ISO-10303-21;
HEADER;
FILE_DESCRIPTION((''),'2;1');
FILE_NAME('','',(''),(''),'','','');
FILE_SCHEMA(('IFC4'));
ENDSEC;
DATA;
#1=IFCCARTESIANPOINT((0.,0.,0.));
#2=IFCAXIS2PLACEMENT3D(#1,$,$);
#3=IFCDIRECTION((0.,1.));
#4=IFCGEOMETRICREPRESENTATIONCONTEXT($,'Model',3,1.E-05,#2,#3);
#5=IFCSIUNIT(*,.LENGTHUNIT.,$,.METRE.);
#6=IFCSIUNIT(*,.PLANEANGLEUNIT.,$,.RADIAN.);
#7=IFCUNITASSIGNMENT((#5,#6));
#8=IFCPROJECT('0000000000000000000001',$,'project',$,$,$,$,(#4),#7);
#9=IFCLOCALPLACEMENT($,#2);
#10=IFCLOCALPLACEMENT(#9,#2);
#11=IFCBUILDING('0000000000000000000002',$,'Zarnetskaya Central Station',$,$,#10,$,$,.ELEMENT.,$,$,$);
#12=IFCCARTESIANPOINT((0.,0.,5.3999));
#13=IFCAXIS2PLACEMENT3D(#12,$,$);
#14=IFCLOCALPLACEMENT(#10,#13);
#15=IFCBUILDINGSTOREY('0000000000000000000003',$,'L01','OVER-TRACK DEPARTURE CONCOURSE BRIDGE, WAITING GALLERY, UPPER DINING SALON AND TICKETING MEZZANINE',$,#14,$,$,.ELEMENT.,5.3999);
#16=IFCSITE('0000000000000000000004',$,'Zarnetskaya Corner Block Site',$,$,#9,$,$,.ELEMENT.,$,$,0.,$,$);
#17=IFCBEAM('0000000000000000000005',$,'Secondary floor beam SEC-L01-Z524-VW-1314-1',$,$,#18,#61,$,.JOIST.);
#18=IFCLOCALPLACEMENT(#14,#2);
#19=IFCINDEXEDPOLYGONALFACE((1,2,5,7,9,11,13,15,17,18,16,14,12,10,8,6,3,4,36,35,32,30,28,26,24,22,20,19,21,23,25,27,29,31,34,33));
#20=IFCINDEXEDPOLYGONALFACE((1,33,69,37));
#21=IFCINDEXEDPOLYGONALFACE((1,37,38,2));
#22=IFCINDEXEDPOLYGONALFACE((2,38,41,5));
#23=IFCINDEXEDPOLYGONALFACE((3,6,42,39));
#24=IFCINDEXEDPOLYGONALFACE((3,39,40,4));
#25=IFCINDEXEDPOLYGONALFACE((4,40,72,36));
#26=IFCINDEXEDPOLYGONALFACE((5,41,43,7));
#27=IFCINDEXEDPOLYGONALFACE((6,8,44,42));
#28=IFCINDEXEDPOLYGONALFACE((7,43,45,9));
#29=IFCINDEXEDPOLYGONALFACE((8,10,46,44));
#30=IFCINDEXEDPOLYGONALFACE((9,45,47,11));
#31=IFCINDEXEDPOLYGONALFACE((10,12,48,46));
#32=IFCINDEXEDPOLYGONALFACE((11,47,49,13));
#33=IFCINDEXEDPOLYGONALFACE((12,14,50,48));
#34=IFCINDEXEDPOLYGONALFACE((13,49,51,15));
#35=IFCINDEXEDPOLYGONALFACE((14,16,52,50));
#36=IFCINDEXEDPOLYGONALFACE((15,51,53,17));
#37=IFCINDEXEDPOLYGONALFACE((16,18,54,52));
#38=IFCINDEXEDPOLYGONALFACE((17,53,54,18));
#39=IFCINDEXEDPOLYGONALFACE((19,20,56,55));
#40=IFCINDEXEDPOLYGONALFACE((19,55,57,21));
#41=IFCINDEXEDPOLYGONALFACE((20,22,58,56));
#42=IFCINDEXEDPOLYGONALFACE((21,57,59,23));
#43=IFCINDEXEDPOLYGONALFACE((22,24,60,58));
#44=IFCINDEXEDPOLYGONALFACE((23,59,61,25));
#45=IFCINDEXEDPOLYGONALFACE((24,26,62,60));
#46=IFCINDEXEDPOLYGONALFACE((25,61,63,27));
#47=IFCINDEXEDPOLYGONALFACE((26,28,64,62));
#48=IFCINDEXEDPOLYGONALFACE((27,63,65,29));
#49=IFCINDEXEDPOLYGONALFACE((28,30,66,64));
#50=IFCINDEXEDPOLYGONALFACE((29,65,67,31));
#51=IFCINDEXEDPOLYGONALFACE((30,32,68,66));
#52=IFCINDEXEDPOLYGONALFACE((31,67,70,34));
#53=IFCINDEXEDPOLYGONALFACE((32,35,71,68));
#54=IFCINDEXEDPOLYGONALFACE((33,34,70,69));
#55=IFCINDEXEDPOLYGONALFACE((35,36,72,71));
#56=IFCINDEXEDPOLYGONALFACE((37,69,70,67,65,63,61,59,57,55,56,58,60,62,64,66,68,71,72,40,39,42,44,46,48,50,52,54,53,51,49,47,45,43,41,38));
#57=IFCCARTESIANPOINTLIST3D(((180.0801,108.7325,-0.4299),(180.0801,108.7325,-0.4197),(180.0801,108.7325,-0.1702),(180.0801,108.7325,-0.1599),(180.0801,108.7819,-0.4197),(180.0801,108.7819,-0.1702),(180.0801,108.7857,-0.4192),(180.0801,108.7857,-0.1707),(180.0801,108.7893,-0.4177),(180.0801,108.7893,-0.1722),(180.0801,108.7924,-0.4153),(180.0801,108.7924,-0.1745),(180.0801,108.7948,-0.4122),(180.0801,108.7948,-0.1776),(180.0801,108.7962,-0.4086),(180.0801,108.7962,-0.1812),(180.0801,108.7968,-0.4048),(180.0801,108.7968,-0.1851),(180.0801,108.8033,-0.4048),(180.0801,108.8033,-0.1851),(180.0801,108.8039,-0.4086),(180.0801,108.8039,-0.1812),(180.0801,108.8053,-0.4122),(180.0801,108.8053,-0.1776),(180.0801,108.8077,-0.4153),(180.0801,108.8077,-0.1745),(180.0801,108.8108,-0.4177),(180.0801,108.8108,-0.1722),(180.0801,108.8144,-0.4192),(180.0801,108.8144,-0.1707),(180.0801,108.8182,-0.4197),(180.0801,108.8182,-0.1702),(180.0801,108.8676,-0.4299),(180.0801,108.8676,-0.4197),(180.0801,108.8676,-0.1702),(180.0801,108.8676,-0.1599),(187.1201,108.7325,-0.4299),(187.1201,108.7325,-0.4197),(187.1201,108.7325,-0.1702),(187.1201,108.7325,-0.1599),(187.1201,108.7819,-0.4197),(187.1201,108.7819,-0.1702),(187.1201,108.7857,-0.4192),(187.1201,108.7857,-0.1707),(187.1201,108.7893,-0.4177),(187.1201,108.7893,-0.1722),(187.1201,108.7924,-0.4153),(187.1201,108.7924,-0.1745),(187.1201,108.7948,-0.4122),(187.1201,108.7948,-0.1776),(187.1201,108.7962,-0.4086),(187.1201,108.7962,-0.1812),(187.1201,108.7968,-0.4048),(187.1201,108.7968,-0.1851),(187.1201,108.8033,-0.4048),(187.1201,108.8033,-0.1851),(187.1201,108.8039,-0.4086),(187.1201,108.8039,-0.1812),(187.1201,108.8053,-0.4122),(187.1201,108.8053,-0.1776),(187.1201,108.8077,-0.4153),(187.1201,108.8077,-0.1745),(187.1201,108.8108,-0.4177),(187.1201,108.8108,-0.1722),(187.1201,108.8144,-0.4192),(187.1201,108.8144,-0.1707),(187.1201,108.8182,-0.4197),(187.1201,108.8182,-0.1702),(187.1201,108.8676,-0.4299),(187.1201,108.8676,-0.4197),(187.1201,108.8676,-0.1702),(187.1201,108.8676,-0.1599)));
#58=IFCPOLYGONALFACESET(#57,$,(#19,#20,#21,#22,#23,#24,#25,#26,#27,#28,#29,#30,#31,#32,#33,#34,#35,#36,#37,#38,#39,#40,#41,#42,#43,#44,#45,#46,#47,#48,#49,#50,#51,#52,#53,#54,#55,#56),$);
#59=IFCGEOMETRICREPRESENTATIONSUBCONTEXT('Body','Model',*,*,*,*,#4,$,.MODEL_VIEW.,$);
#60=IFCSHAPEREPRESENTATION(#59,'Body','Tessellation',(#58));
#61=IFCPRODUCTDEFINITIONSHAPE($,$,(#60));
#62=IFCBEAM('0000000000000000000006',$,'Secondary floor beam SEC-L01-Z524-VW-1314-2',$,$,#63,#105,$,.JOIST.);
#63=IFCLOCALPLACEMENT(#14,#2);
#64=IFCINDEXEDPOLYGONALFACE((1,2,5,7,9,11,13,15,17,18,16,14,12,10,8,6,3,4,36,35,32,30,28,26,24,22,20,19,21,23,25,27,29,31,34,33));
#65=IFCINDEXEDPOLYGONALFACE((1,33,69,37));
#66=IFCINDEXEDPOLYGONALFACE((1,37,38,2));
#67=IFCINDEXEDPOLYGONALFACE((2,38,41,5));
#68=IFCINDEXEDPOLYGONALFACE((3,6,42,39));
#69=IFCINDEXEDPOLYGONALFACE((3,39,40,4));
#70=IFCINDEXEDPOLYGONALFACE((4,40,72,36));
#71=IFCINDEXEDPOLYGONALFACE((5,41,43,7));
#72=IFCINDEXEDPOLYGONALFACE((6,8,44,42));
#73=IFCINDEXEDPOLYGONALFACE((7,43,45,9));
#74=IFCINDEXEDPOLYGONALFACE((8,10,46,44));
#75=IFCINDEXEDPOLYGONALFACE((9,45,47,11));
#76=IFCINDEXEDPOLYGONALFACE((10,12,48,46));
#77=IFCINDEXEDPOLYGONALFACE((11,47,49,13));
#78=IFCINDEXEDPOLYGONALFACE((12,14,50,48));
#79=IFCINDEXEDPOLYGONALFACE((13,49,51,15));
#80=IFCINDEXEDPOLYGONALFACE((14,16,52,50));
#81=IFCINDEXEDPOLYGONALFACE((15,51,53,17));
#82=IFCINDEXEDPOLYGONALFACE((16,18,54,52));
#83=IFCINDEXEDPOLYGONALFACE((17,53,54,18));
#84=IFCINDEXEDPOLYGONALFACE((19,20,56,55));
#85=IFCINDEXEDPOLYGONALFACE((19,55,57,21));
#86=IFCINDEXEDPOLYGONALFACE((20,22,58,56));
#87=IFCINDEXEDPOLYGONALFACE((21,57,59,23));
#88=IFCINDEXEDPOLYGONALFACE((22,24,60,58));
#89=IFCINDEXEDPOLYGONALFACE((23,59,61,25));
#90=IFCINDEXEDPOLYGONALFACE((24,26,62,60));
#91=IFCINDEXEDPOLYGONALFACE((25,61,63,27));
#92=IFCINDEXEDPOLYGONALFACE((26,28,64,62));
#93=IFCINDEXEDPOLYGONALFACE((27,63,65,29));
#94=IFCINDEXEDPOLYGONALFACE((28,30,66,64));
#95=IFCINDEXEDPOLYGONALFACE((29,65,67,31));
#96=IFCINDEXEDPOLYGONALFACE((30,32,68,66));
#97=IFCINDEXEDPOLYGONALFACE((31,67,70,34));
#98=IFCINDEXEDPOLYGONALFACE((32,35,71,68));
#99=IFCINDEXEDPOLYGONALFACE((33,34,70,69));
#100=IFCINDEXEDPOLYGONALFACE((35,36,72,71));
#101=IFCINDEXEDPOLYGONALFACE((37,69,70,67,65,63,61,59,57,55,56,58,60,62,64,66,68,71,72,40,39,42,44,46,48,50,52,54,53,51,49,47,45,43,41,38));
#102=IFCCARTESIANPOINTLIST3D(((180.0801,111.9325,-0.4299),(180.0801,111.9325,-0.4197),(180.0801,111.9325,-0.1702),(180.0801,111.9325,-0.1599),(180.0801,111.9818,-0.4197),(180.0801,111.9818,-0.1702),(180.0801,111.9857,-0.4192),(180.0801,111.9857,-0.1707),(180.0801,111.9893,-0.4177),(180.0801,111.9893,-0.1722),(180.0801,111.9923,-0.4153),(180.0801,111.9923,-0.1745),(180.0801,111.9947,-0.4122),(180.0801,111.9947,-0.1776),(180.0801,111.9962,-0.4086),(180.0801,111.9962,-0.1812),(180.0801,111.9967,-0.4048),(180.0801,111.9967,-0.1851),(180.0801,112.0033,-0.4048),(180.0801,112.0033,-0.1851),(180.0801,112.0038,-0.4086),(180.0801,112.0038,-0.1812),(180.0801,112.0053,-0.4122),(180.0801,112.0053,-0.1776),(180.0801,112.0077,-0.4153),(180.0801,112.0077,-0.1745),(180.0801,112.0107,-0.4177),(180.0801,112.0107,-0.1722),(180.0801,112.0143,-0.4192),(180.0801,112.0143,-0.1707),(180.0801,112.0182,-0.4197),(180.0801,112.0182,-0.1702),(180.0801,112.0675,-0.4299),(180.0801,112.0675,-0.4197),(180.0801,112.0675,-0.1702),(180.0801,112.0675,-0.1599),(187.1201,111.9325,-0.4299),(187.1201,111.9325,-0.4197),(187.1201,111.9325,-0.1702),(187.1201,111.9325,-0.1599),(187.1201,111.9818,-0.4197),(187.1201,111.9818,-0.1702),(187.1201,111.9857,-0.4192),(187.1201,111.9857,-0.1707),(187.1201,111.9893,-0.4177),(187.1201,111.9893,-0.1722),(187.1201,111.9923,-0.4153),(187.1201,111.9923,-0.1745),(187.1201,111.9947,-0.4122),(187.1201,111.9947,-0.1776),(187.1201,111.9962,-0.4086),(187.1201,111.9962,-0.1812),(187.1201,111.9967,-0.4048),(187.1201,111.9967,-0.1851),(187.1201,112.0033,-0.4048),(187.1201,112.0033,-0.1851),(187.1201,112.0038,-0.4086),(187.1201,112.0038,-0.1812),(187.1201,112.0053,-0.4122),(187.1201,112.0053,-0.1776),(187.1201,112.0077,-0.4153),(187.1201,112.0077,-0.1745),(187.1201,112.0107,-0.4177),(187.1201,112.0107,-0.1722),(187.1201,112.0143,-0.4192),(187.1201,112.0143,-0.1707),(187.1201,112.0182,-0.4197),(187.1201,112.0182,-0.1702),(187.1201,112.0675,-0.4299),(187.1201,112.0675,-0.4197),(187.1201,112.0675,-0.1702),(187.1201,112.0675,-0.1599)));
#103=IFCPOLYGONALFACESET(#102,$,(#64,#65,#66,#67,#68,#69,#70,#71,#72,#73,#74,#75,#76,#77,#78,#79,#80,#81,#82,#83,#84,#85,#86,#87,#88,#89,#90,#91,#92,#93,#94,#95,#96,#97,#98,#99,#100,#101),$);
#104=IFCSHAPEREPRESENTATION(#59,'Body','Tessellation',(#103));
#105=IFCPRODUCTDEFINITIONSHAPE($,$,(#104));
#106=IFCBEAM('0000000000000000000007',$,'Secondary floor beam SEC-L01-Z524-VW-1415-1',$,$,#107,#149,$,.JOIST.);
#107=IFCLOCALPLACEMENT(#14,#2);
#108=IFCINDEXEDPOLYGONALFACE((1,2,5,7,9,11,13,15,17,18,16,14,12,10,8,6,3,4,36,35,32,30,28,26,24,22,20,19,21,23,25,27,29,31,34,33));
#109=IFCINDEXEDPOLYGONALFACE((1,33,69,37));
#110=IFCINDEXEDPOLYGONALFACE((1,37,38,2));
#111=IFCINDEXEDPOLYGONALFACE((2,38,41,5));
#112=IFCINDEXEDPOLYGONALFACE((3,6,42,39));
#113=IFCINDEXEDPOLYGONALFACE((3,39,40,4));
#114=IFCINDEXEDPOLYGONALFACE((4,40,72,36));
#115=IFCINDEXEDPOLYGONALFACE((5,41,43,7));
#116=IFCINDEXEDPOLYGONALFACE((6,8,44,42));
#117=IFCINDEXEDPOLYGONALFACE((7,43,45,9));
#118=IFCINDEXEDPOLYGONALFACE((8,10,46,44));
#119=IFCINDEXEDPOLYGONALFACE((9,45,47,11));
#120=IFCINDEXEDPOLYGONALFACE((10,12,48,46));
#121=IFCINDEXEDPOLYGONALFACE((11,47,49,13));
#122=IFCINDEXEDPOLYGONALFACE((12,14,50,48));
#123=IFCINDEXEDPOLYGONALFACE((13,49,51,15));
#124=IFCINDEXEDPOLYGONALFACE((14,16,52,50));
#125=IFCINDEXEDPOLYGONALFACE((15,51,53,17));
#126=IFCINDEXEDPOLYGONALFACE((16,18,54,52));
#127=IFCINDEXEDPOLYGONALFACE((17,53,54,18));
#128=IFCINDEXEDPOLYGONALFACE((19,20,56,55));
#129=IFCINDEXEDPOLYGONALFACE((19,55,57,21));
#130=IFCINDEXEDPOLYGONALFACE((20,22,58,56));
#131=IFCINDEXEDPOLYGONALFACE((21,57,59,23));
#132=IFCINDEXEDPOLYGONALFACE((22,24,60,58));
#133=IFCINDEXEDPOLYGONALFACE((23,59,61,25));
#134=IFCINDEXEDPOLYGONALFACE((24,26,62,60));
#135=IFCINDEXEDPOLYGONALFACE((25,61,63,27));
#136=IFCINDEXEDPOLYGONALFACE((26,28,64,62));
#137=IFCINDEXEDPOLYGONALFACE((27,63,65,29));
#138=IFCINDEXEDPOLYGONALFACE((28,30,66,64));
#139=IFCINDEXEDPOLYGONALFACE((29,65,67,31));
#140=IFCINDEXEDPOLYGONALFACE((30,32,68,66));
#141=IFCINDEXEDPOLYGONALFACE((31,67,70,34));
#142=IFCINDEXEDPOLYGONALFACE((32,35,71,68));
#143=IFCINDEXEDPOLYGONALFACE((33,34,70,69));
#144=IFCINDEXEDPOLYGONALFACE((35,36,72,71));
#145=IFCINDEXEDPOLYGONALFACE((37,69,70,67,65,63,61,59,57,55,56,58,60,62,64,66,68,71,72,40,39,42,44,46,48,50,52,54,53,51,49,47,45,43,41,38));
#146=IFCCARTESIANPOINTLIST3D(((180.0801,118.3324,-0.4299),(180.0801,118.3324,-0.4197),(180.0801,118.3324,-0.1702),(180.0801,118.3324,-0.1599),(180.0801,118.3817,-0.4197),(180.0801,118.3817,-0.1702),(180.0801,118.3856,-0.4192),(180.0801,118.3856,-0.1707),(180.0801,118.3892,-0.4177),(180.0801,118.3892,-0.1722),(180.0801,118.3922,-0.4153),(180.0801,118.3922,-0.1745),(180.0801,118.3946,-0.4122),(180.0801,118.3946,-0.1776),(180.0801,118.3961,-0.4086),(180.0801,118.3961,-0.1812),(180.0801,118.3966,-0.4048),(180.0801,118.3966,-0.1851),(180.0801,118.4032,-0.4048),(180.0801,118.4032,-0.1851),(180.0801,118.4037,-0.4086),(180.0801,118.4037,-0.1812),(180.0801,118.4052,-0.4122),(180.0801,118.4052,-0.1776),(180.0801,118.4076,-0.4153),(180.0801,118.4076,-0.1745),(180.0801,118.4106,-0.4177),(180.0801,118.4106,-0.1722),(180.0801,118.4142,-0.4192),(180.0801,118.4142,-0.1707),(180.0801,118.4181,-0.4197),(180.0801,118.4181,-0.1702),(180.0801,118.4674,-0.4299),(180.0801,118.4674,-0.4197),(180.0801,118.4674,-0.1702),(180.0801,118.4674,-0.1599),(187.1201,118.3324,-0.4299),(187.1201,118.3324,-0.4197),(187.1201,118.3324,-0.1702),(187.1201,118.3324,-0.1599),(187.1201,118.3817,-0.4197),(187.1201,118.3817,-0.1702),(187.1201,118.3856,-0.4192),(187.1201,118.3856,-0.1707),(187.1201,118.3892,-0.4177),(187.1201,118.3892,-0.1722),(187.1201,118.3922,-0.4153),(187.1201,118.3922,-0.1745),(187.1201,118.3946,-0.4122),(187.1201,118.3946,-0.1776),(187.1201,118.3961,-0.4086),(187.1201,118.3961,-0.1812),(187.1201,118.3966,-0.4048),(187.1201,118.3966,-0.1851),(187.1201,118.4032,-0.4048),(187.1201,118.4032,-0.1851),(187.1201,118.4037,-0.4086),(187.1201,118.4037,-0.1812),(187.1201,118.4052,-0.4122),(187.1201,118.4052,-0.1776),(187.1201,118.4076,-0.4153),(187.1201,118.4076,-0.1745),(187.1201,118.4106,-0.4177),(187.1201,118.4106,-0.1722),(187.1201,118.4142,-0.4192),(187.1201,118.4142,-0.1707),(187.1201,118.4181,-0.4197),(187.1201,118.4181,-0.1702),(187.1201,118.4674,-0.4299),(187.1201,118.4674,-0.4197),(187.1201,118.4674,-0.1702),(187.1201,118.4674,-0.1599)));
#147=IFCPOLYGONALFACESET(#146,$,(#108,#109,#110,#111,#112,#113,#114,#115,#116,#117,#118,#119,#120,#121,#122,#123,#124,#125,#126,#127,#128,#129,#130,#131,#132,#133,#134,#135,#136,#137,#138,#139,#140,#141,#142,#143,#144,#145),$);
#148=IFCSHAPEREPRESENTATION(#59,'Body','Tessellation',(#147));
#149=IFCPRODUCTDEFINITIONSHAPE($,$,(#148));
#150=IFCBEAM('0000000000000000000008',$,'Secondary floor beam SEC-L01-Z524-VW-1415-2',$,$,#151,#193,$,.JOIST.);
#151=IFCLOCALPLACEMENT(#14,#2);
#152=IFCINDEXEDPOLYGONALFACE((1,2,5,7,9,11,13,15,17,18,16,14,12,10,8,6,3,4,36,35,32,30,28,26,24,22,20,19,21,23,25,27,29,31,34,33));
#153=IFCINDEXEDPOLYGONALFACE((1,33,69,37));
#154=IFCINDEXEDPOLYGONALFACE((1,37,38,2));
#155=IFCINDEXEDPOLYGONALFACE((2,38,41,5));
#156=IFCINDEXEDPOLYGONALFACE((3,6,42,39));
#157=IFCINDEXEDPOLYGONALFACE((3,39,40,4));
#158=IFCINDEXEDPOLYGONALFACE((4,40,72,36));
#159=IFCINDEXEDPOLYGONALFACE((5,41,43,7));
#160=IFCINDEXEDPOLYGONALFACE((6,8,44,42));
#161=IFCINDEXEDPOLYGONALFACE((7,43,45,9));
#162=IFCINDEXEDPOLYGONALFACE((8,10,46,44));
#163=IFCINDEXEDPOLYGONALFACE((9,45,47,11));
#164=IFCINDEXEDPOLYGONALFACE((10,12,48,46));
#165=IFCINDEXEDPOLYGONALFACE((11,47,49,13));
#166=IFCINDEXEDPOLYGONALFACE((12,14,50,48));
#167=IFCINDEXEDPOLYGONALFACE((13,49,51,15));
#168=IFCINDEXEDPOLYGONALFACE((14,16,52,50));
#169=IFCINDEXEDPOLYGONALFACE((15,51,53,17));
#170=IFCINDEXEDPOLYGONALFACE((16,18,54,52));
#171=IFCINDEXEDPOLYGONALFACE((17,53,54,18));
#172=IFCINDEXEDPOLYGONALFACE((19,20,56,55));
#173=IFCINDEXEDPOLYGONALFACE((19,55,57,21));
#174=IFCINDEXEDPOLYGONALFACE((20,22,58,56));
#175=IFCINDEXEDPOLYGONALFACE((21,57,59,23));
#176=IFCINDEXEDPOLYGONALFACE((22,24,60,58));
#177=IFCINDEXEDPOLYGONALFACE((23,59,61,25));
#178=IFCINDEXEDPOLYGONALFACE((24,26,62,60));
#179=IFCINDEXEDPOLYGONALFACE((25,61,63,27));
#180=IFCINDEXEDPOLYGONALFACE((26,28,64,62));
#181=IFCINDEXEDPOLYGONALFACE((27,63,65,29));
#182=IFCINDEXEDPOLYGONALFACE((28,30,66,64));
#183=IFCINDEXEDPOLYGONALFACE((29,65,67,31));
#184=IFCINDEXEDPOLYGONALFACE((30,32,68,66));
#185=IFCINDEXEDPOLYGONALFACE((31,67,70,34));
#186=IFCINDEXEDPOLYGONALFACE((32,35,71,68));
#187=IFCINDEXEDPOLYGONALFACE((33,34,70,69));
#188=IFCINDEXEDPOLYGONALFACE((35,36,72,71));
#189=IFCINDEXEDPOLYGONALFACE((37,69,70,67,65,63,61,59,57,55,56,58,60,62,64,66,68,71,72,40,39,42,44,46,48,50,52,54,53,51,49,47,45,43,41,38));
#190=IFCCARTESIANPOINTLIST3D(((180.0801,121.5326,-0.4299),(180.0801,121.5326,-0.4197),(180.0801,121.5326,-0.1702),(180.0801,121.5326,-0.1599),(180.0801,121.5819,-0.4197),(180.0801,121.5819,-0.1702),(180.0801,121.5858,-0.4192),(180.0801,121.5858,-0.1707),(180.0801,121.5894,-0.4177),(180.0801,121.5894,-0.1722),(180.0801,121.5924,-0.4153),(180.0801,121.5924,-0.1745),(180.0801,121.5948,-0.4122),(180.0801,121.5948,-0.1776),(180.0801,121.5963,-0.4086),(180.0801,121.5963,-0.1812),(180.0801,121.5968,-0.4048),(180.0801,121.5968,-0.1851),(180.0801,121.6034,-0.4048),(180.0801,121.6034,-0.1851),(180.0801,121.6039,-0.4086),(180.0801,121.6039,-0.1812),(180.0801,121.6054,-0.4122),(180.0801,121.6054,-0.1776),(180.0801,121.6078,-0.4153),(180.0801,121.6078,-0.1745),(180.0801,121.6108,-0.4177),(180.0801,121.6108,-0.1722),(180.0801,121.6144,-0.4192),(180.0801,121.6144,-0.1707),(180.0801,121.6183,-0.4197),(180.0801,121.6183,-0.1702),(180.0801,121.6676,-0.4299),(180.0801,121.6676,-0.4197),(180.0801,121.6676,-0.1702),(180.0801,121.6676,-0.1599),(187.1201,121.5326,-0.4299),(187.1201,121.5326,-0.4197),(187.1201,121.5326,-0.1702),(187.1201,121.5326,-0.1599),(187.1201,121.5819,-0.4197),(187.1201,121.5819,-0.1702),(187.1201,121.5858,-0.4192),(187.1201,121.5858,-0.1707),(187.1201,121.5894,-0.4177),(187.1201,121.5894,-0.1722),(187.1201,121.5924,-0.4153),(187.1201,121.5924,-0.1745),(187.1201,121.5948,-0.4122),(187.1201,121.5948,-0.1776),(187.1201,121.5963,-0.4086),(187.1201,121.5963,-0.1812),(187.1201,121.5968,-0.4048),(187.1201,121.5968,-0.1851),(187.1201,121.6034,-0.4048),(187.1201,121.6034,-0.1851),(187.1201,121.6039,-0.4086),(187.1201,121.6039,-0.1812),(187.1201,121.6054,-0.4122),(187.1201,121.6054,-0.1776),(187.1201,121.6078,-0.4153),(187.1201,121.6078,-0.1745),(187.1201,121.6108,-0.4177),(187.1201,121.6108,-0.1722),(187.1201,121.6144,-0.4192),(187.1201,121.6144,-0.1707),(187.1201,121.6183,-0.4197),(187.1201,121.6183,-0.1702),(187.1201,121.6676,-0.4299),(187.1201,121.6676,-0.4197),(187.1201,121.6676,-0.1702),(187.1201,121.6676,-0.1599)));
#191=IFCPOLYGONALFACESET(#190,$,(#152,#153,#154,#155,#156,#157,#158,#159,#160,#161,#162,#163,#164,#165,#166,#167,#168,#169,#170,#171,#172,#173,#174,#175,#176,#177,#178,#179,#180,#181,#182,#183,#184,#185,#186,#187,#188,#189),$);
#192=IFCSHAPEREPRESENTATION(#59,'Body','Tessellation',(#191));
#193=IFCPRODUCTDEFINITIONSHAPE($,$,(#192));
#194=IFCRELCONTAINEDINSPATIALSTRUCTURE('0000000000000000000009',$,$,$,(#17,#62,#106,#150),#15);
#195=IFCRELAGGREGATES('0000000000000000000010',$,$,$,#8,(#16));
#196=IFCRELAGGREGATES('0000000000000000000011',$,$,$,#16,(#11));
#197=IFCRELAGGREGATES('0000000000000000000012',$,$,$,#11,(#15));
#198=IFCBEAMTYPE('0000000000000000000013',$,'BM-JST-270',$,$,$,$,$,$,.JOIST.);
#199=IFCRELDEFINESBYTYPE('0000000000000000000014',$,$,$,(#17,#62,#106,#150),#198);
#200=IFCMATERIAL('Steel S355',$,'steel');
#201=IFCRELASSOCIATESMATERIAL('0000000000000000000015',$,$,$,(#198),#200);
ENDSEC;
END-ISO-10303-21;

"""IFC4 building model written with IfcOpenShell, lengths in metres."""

from ifc_helpers import new_model, si_unit, direction, frame, origin, origin_2d, place, context, subcontext, project, spatial, i_section, extrude, material, material_profile, profile_set, type_object, element, save


model = new_model("IFC4")

# Units and contexts
model_context = context("Model", 3, precision=1e-05, world=origin(), true_north=direction((0.0, 1.0)))
body_context = subcontext(model_context, "Body", "Model", "MODEL_VIEW")
ifc_project = project(units=[si_unit("LENGTHUNIT", "METRE"), si_unit("PLANEANGLEUNIT", "RADIAN")], contexts=[model_context])

# Site, building, storey
site_placement = place(None, origin())
site = spatial("IfcSite", under=ifc_project, at=site_placement, Name="Zarnetskaya Corner Block Site", CompositionType="ELEMENT", RefElevation=0.0)
building_placement = place(site_placement, origin())
building = spatial("IfcBuilding", under=site, at=building_placement, Name="Zarnetskaya Central Station", CompositionType="ELEMENT")
storey_placement = place(building_placement, frame((0.0, 0.0, 5.3999)))
storey = spatial("IfcBuildingStorey", under=building, at=storey_placement, Name="L01", Description="OVER-TRACK DEPARTURE CONCOURSE BRIDGE, WAITING GALLERY, UPPER DINING SALON AND TICKETING MEZZANINE", CompositionType="ELEMENT", Elevation=5.3999)

# Beams
ifc_material = material(Name="Steel S355", Category="steel")
ifc_material_profile_1 = material_profile(ifc_material, i_section(OverallWidth=0.135, OverallDepth=0.27, WebThickness=0.0066, FlangeThickness=0.0103, FilletRadius=0.0149, at=origin_2d()), Name="IPE 270")
ifc_profile_set_1 = profile_set([ifc_material_profile_1], Name="Steel S355")
beam_type_1 = type_object("IfcBeamType", Name="BM-JST-270", PredefinedType="JOIST", material=ifc_profile_set_1)
for number, where, z_axis, x_axis, name in (
    (1, (180.0801, 108.8, -0.2949), (1.0, 0.0, 0.0), (0.0, 1.0, 0.0), "Secondary floor beam SEC-L01-Z524-VW-1314-1"),
    (2, (180.0801, 112.0, -0.2949), (1.0, 0.0, 0.0), (0.0, 1.0, 0.0), "Secondary floor beam SEC-L01-Z524-VW-1314-2"),
    (3, (180.0801, 118.3999, -0.2949), (1.0, 0.0, 0.0), (0.0, 1.0, 0.0), "Secondary floor beam SEC-L01-Z524-VW-1415-1"),
    (4, (180.0801, 121.6001, -0.2949), (1.0, 0.0, 0.0), (0.0, 1.0, 0.0), "Secondary floor beam SEC-L01-Z524-VW-1415-2"),
):
    element("IfcBeam", number, at=place(storey_placement, frame(where, z_axis=z_axis, x_axis=x_axis)), inside=storey, type_object=beam_type_1, Name=name, PredefinedType="JOIST", context=body_context, shape_type="SweptSolid", body=[
        extrude(i_section(OverallWidth=0.135, OverallDepth=0.27, WebThickness=0.0066, FlangeThickness=0.0103, FilletRadius=0.0149, at=origin_2d()), origin(), (0.0, 0.0, 1.0), 7.04),
    ])

save(model, "model.ifc")
